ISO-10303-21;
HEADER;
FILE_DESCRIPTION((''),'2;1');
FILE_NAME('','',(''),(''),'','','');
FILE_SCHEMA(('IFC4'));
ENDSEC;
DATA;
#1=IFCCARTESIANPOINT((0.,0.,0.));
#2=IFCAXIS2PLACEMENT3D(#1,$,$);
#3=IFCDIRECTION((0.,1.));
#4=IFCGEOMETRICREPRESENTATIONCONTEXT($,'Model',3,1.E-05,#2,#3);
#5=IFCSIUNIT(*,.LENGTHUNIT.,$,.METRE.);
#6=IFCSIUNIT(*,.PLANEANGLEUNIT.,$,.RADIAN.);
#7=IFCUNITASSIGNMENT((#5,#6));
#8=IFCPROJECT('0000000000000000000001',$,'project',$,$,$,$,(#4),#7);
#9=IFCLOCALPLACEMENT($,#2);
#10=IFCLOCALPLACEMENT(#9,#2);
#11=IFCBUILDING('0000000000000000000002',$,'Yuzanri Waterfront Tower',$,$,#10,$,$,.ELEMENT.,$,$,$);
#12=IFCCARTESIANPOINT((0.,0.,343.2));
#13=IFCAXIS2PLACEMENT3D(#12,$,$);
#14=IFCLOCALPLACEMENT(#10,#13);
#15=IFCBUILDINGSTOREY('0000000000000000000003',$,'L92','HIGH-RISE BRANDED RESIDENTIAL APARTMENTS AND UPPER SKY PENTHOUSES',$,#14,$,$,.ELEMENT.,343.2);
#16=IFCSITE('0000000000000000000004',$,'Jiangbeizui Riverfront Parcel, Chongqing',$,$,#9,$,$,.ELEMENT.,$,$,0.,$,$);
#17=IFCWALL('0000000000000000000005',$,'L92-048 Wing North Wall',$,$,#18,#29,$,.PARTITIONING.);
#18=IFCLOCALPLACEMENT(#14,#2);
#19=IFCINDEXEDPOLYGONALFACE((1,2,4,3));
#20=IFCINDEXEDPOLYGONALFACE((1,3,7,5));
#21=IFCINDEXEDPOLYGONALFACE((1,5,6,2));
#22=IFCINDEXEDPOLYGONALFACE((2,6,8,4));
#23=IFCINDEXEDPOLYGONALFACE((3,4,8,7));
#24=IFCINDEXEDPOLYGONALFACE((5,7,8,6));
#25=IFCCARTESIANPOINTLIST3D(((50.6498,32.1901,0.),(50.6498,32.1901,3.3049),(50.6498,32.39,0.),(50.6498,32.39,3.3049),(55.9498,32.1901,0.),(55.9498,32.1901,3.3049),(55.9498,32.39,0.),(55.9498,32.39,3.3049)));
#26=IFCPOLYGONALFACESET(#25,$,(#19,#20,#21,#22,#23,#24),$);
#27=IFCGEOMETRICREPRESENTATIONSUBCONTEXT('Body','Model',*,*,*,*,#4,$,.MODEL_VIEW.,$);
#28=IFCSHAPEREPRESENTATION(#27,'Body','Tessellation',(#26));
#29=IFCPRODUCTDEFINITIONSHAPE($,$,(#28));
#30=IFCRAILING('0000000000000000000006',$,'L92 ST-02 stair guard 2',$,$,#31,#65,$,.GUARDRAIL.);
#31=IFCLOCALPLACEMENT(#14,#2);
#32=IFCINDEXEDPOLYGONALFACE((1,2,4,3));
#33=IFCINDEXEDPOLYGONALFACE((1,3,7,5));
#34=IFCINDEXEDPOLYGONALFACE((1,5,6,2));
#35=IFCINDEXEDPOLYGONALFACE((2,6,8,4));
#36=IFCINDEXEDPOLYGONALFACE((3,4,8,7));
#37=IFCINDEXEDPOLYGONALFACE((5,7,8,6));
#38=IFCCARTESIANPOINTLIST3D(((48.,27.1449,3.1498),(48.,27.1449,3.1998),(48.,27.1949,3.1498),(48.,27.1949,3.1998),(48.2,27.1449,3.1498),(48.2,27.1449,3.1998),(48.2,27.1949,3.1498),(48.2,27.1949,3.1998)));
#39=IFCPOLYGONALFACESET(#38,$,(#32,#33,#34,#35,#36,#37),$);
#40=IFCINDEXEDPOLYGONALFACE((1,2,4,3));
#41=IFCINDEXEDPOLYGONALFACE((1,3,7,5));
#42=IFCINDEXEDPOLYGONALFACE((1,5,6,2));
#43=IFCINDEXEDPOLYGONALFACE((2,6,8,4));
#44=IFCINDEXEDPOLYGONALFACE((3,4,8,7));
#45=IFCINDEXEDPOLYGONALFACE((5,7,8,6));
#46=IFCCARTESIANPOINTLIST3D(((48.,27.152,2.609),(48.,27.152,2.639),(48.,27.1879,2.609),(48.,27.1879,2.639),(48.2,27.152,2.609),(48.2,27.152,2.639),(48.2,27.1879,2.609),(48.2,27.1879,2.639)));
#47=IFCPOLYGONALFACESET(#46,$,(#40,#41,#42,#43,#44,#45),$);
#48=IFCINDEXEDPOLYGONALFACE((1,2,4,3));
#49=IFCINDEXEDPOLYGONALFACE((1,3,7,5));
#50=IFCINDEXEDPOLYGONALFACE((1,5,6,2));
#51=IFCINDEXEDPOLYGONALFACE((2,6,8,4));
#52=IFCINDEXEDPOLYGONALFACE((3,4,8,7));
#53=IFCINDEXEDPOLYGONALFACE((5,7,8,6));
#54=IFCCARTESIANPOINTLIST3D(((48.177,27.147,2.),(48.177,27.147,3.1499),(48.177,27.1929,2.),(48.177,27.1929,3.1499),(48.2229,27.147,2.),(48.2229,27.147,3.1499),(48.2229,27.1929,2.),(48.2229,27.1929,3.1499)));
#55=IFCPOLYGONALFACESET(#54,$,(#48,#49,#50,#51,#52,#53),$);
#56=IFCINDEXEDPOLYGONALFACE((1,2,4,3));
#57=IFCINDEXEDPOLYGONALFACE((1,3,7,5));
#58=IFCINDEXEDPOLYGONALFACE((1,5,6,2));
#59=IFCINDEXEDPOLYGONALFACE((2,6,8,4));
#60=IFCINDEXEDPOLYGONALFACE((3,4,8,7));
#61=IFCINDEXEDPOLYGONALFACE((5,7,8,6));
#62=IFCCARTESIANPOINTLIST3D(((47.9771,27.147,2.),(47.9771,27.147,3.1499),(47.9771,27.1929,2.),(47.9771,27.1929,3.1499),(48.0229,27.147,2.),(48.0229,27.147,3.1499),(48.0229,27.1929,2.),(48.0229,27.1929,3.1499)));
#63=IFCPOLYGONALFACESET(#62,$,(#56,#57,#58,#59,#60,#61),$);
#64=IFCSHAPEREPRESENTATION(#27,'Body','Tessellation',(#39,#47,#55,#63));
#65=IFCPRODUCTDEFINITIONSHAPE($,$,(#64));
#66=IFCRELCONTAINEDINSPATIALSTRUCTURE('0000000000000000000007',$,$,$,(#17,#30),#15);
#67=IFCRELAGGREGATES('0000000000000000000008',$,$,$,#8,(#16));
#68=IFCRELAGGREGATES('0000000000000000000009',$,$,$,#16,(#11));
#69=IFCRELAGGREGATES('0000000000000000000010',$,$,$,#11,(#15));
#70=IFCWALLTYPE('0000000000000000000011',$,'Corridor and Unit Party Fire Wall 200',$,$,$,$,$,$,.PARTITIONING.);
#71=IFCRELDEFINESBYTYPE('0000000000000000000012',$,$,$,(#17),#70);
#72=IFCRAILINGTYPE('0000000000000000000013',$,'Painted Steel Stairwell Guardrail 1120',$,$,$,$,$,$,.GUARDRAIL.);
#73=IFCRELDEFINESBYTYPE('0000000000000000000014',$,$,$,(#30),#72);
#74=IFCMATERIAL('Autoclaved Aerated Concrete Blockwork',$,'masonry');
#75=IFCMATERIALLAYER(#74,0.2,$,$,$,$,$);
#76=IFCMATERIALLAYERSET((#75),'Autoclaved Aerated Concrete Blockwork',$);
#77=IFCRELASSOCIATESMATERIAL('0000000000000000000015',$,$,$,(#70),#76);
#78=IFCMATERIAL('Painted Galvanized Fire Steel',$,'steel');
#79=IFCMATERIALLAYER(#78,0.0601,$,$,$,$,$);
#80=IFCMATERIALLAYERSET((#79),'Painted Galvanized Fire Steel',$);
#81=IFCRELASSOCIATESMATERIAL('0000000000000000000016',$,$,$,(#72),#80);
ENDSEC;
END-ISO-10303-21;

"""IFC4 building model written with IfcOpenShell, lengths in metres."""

from ifc_helpers import new_model, si_unit, direction, frame, frame_2d, origin, origin_2d, place, context, subcontext, project, spatial, rectangle, extrude, source, transform, mapped, material, layer, layer_set, type_object, element, save


model = new_model("IFC4")

# Units and contexts
model_context = context("Model", 3, precision=1e-05, world=origin(), true_north=direction((0.0, 1.0)))
body_context = subcontext(model_context, "Body", "Model", "MODEL_VIEW")
ifc_project = project(units=[si_unit("LENGTHUNIT", "METRE"), si_unit("PLANEANGLEUNIT", "RADIAN")], contexts=[model_context])

# Site, building, storey
site_placement = place(None, origin())
site = spatial("IfcSite", under=ifc_project, at=site_placement, Name="Jiangbeizui Riverfront Parcel, Chongqing", CompositionType="ELEMENT", RefElevation=0.0)
building_placement = place(site_placement, origin())
building = spatial("IfcBuilding", under=site, at=building_placement, Name="Yuzanri Waterfront Tower", CompositionType="ELEMENT")
storey_placement = place(building_placement, frame((0.0, 0.0, 343.2)))
storey = spatial("IfcBuildingStorey", under=building, at=storey_placement, Name="L92", Description="HIGH-RISE BRANDED RESIDENTIAL APARTMENTS AND UPPER SKY PENTHOUSES", CompositionType="ELEMENT", Elevation=343.2)

# Wall
ifc_material_1 = material(Name="Autoclaved Aerated Concrete Blockwork", Category="masonry")
ifc_layer_1 = layer(ifc_material_1, 0.2)
ifc_layer_set_1 = layer_set([ifc_layer_1], Name="Autoclaved Aerated Concrete Blockwork")
wall_type = type_object("IfcWallType", Name="Corridor and Unit Party Fire Wall 200", PredefinedType="PARTITIONING", material=ifc_layer_set_1)
shared_shape_1 = source(origin(), body_context, "Body", "SweptSolid", [
    extrude(rectangle(XDim=5.3, YDim=0.2, at=frame_2d((2.6499, 0.0))), origin(), (0.0, 0.0, 1.0), 3.3049),
])
wall_placement = place(storey_placement, frame((50.6499, 32.29, 0.0), z_axis=(0.0, 0.0, 1.0), x_axis=(1.0, 0.0, 0.0)))
element("IfcWall", 1, at=wall_placement, inside=storey, type_object=wall_type, Name="L92-048 Wing North Wall", PredefinedType="PARTITIONING", context=body_context, shape_type="MappedRepresentation", body=[
    mapped(shared_shape_1, transform((0.0, 0.0, 0.0), scale=1.0)),
])

# Railing
ifc_material_2 = material(Name="Painted Galvanized Fire Steel", Category="steel")
ifc_layer_2 = layer(ifc_material_2, 0.0601)
ifc_layer_set_2 = layer_set([ifc_layer_2], Name="Painted Galvanized Fire Steel")
railing_type = type_object("IfcRailingType", Name="Painted Steel Stairwell Guardrail 1120", PredefinedType="GUARDRAIL", material=ifc_layer_set_2)
shared_shape_2 = source(origin(), body_context, "Body", "SweptSolid", [
    extrude(rectangle(XDim=0.05, YDim=0.05, at=origin_2d()), frame((0.0, 0.0, 1.1748), z_axis=(-1.0, 0.0, 0.0), x_axis=(0.0, -1.0, 0.0)), (0.0, 0.0, 1.0), 0.2),
    extrude(rectangle(XDim=0.0359, YDim=0.03, at=origin_2d()), frame((0.0, 0.0, 0.624), z_axis=(-1.0, 0.0, 0.0), x_axis=(0.0, -1.0, 0.0)), (0.0, 0.0, 1.0), 0.2),
    extrude(rectangle(XDim=0.0459, YDim=0.0459, at=origin_2d()), origin(), (0.0, 0.0, 1.0), 1.1499),
    extrude(rectangle(XDim=0.0459, YDim=0.0459, at=origin_2d()), frame((-0.2, 0.0, 0.0)), (0.0, 0.0, 1.0), 1.1499),
])
railing_placement = place(storey_placement, frame((48.2, 27.1699, 2.0)))
element("IfcRailing", 2, at=railing_placement, inside=storey, type_object=railing_type, Name="L92 ST-02 stair guard 2", PredefinedType="GUARDRAIL", context=body_context, shape_type="MappedRepresentation", body=[
    mapped(shared_shape_2, transform((0.0, 0.0, 0.0), scale=1.0)),
])

save(model, "model.ifc")
